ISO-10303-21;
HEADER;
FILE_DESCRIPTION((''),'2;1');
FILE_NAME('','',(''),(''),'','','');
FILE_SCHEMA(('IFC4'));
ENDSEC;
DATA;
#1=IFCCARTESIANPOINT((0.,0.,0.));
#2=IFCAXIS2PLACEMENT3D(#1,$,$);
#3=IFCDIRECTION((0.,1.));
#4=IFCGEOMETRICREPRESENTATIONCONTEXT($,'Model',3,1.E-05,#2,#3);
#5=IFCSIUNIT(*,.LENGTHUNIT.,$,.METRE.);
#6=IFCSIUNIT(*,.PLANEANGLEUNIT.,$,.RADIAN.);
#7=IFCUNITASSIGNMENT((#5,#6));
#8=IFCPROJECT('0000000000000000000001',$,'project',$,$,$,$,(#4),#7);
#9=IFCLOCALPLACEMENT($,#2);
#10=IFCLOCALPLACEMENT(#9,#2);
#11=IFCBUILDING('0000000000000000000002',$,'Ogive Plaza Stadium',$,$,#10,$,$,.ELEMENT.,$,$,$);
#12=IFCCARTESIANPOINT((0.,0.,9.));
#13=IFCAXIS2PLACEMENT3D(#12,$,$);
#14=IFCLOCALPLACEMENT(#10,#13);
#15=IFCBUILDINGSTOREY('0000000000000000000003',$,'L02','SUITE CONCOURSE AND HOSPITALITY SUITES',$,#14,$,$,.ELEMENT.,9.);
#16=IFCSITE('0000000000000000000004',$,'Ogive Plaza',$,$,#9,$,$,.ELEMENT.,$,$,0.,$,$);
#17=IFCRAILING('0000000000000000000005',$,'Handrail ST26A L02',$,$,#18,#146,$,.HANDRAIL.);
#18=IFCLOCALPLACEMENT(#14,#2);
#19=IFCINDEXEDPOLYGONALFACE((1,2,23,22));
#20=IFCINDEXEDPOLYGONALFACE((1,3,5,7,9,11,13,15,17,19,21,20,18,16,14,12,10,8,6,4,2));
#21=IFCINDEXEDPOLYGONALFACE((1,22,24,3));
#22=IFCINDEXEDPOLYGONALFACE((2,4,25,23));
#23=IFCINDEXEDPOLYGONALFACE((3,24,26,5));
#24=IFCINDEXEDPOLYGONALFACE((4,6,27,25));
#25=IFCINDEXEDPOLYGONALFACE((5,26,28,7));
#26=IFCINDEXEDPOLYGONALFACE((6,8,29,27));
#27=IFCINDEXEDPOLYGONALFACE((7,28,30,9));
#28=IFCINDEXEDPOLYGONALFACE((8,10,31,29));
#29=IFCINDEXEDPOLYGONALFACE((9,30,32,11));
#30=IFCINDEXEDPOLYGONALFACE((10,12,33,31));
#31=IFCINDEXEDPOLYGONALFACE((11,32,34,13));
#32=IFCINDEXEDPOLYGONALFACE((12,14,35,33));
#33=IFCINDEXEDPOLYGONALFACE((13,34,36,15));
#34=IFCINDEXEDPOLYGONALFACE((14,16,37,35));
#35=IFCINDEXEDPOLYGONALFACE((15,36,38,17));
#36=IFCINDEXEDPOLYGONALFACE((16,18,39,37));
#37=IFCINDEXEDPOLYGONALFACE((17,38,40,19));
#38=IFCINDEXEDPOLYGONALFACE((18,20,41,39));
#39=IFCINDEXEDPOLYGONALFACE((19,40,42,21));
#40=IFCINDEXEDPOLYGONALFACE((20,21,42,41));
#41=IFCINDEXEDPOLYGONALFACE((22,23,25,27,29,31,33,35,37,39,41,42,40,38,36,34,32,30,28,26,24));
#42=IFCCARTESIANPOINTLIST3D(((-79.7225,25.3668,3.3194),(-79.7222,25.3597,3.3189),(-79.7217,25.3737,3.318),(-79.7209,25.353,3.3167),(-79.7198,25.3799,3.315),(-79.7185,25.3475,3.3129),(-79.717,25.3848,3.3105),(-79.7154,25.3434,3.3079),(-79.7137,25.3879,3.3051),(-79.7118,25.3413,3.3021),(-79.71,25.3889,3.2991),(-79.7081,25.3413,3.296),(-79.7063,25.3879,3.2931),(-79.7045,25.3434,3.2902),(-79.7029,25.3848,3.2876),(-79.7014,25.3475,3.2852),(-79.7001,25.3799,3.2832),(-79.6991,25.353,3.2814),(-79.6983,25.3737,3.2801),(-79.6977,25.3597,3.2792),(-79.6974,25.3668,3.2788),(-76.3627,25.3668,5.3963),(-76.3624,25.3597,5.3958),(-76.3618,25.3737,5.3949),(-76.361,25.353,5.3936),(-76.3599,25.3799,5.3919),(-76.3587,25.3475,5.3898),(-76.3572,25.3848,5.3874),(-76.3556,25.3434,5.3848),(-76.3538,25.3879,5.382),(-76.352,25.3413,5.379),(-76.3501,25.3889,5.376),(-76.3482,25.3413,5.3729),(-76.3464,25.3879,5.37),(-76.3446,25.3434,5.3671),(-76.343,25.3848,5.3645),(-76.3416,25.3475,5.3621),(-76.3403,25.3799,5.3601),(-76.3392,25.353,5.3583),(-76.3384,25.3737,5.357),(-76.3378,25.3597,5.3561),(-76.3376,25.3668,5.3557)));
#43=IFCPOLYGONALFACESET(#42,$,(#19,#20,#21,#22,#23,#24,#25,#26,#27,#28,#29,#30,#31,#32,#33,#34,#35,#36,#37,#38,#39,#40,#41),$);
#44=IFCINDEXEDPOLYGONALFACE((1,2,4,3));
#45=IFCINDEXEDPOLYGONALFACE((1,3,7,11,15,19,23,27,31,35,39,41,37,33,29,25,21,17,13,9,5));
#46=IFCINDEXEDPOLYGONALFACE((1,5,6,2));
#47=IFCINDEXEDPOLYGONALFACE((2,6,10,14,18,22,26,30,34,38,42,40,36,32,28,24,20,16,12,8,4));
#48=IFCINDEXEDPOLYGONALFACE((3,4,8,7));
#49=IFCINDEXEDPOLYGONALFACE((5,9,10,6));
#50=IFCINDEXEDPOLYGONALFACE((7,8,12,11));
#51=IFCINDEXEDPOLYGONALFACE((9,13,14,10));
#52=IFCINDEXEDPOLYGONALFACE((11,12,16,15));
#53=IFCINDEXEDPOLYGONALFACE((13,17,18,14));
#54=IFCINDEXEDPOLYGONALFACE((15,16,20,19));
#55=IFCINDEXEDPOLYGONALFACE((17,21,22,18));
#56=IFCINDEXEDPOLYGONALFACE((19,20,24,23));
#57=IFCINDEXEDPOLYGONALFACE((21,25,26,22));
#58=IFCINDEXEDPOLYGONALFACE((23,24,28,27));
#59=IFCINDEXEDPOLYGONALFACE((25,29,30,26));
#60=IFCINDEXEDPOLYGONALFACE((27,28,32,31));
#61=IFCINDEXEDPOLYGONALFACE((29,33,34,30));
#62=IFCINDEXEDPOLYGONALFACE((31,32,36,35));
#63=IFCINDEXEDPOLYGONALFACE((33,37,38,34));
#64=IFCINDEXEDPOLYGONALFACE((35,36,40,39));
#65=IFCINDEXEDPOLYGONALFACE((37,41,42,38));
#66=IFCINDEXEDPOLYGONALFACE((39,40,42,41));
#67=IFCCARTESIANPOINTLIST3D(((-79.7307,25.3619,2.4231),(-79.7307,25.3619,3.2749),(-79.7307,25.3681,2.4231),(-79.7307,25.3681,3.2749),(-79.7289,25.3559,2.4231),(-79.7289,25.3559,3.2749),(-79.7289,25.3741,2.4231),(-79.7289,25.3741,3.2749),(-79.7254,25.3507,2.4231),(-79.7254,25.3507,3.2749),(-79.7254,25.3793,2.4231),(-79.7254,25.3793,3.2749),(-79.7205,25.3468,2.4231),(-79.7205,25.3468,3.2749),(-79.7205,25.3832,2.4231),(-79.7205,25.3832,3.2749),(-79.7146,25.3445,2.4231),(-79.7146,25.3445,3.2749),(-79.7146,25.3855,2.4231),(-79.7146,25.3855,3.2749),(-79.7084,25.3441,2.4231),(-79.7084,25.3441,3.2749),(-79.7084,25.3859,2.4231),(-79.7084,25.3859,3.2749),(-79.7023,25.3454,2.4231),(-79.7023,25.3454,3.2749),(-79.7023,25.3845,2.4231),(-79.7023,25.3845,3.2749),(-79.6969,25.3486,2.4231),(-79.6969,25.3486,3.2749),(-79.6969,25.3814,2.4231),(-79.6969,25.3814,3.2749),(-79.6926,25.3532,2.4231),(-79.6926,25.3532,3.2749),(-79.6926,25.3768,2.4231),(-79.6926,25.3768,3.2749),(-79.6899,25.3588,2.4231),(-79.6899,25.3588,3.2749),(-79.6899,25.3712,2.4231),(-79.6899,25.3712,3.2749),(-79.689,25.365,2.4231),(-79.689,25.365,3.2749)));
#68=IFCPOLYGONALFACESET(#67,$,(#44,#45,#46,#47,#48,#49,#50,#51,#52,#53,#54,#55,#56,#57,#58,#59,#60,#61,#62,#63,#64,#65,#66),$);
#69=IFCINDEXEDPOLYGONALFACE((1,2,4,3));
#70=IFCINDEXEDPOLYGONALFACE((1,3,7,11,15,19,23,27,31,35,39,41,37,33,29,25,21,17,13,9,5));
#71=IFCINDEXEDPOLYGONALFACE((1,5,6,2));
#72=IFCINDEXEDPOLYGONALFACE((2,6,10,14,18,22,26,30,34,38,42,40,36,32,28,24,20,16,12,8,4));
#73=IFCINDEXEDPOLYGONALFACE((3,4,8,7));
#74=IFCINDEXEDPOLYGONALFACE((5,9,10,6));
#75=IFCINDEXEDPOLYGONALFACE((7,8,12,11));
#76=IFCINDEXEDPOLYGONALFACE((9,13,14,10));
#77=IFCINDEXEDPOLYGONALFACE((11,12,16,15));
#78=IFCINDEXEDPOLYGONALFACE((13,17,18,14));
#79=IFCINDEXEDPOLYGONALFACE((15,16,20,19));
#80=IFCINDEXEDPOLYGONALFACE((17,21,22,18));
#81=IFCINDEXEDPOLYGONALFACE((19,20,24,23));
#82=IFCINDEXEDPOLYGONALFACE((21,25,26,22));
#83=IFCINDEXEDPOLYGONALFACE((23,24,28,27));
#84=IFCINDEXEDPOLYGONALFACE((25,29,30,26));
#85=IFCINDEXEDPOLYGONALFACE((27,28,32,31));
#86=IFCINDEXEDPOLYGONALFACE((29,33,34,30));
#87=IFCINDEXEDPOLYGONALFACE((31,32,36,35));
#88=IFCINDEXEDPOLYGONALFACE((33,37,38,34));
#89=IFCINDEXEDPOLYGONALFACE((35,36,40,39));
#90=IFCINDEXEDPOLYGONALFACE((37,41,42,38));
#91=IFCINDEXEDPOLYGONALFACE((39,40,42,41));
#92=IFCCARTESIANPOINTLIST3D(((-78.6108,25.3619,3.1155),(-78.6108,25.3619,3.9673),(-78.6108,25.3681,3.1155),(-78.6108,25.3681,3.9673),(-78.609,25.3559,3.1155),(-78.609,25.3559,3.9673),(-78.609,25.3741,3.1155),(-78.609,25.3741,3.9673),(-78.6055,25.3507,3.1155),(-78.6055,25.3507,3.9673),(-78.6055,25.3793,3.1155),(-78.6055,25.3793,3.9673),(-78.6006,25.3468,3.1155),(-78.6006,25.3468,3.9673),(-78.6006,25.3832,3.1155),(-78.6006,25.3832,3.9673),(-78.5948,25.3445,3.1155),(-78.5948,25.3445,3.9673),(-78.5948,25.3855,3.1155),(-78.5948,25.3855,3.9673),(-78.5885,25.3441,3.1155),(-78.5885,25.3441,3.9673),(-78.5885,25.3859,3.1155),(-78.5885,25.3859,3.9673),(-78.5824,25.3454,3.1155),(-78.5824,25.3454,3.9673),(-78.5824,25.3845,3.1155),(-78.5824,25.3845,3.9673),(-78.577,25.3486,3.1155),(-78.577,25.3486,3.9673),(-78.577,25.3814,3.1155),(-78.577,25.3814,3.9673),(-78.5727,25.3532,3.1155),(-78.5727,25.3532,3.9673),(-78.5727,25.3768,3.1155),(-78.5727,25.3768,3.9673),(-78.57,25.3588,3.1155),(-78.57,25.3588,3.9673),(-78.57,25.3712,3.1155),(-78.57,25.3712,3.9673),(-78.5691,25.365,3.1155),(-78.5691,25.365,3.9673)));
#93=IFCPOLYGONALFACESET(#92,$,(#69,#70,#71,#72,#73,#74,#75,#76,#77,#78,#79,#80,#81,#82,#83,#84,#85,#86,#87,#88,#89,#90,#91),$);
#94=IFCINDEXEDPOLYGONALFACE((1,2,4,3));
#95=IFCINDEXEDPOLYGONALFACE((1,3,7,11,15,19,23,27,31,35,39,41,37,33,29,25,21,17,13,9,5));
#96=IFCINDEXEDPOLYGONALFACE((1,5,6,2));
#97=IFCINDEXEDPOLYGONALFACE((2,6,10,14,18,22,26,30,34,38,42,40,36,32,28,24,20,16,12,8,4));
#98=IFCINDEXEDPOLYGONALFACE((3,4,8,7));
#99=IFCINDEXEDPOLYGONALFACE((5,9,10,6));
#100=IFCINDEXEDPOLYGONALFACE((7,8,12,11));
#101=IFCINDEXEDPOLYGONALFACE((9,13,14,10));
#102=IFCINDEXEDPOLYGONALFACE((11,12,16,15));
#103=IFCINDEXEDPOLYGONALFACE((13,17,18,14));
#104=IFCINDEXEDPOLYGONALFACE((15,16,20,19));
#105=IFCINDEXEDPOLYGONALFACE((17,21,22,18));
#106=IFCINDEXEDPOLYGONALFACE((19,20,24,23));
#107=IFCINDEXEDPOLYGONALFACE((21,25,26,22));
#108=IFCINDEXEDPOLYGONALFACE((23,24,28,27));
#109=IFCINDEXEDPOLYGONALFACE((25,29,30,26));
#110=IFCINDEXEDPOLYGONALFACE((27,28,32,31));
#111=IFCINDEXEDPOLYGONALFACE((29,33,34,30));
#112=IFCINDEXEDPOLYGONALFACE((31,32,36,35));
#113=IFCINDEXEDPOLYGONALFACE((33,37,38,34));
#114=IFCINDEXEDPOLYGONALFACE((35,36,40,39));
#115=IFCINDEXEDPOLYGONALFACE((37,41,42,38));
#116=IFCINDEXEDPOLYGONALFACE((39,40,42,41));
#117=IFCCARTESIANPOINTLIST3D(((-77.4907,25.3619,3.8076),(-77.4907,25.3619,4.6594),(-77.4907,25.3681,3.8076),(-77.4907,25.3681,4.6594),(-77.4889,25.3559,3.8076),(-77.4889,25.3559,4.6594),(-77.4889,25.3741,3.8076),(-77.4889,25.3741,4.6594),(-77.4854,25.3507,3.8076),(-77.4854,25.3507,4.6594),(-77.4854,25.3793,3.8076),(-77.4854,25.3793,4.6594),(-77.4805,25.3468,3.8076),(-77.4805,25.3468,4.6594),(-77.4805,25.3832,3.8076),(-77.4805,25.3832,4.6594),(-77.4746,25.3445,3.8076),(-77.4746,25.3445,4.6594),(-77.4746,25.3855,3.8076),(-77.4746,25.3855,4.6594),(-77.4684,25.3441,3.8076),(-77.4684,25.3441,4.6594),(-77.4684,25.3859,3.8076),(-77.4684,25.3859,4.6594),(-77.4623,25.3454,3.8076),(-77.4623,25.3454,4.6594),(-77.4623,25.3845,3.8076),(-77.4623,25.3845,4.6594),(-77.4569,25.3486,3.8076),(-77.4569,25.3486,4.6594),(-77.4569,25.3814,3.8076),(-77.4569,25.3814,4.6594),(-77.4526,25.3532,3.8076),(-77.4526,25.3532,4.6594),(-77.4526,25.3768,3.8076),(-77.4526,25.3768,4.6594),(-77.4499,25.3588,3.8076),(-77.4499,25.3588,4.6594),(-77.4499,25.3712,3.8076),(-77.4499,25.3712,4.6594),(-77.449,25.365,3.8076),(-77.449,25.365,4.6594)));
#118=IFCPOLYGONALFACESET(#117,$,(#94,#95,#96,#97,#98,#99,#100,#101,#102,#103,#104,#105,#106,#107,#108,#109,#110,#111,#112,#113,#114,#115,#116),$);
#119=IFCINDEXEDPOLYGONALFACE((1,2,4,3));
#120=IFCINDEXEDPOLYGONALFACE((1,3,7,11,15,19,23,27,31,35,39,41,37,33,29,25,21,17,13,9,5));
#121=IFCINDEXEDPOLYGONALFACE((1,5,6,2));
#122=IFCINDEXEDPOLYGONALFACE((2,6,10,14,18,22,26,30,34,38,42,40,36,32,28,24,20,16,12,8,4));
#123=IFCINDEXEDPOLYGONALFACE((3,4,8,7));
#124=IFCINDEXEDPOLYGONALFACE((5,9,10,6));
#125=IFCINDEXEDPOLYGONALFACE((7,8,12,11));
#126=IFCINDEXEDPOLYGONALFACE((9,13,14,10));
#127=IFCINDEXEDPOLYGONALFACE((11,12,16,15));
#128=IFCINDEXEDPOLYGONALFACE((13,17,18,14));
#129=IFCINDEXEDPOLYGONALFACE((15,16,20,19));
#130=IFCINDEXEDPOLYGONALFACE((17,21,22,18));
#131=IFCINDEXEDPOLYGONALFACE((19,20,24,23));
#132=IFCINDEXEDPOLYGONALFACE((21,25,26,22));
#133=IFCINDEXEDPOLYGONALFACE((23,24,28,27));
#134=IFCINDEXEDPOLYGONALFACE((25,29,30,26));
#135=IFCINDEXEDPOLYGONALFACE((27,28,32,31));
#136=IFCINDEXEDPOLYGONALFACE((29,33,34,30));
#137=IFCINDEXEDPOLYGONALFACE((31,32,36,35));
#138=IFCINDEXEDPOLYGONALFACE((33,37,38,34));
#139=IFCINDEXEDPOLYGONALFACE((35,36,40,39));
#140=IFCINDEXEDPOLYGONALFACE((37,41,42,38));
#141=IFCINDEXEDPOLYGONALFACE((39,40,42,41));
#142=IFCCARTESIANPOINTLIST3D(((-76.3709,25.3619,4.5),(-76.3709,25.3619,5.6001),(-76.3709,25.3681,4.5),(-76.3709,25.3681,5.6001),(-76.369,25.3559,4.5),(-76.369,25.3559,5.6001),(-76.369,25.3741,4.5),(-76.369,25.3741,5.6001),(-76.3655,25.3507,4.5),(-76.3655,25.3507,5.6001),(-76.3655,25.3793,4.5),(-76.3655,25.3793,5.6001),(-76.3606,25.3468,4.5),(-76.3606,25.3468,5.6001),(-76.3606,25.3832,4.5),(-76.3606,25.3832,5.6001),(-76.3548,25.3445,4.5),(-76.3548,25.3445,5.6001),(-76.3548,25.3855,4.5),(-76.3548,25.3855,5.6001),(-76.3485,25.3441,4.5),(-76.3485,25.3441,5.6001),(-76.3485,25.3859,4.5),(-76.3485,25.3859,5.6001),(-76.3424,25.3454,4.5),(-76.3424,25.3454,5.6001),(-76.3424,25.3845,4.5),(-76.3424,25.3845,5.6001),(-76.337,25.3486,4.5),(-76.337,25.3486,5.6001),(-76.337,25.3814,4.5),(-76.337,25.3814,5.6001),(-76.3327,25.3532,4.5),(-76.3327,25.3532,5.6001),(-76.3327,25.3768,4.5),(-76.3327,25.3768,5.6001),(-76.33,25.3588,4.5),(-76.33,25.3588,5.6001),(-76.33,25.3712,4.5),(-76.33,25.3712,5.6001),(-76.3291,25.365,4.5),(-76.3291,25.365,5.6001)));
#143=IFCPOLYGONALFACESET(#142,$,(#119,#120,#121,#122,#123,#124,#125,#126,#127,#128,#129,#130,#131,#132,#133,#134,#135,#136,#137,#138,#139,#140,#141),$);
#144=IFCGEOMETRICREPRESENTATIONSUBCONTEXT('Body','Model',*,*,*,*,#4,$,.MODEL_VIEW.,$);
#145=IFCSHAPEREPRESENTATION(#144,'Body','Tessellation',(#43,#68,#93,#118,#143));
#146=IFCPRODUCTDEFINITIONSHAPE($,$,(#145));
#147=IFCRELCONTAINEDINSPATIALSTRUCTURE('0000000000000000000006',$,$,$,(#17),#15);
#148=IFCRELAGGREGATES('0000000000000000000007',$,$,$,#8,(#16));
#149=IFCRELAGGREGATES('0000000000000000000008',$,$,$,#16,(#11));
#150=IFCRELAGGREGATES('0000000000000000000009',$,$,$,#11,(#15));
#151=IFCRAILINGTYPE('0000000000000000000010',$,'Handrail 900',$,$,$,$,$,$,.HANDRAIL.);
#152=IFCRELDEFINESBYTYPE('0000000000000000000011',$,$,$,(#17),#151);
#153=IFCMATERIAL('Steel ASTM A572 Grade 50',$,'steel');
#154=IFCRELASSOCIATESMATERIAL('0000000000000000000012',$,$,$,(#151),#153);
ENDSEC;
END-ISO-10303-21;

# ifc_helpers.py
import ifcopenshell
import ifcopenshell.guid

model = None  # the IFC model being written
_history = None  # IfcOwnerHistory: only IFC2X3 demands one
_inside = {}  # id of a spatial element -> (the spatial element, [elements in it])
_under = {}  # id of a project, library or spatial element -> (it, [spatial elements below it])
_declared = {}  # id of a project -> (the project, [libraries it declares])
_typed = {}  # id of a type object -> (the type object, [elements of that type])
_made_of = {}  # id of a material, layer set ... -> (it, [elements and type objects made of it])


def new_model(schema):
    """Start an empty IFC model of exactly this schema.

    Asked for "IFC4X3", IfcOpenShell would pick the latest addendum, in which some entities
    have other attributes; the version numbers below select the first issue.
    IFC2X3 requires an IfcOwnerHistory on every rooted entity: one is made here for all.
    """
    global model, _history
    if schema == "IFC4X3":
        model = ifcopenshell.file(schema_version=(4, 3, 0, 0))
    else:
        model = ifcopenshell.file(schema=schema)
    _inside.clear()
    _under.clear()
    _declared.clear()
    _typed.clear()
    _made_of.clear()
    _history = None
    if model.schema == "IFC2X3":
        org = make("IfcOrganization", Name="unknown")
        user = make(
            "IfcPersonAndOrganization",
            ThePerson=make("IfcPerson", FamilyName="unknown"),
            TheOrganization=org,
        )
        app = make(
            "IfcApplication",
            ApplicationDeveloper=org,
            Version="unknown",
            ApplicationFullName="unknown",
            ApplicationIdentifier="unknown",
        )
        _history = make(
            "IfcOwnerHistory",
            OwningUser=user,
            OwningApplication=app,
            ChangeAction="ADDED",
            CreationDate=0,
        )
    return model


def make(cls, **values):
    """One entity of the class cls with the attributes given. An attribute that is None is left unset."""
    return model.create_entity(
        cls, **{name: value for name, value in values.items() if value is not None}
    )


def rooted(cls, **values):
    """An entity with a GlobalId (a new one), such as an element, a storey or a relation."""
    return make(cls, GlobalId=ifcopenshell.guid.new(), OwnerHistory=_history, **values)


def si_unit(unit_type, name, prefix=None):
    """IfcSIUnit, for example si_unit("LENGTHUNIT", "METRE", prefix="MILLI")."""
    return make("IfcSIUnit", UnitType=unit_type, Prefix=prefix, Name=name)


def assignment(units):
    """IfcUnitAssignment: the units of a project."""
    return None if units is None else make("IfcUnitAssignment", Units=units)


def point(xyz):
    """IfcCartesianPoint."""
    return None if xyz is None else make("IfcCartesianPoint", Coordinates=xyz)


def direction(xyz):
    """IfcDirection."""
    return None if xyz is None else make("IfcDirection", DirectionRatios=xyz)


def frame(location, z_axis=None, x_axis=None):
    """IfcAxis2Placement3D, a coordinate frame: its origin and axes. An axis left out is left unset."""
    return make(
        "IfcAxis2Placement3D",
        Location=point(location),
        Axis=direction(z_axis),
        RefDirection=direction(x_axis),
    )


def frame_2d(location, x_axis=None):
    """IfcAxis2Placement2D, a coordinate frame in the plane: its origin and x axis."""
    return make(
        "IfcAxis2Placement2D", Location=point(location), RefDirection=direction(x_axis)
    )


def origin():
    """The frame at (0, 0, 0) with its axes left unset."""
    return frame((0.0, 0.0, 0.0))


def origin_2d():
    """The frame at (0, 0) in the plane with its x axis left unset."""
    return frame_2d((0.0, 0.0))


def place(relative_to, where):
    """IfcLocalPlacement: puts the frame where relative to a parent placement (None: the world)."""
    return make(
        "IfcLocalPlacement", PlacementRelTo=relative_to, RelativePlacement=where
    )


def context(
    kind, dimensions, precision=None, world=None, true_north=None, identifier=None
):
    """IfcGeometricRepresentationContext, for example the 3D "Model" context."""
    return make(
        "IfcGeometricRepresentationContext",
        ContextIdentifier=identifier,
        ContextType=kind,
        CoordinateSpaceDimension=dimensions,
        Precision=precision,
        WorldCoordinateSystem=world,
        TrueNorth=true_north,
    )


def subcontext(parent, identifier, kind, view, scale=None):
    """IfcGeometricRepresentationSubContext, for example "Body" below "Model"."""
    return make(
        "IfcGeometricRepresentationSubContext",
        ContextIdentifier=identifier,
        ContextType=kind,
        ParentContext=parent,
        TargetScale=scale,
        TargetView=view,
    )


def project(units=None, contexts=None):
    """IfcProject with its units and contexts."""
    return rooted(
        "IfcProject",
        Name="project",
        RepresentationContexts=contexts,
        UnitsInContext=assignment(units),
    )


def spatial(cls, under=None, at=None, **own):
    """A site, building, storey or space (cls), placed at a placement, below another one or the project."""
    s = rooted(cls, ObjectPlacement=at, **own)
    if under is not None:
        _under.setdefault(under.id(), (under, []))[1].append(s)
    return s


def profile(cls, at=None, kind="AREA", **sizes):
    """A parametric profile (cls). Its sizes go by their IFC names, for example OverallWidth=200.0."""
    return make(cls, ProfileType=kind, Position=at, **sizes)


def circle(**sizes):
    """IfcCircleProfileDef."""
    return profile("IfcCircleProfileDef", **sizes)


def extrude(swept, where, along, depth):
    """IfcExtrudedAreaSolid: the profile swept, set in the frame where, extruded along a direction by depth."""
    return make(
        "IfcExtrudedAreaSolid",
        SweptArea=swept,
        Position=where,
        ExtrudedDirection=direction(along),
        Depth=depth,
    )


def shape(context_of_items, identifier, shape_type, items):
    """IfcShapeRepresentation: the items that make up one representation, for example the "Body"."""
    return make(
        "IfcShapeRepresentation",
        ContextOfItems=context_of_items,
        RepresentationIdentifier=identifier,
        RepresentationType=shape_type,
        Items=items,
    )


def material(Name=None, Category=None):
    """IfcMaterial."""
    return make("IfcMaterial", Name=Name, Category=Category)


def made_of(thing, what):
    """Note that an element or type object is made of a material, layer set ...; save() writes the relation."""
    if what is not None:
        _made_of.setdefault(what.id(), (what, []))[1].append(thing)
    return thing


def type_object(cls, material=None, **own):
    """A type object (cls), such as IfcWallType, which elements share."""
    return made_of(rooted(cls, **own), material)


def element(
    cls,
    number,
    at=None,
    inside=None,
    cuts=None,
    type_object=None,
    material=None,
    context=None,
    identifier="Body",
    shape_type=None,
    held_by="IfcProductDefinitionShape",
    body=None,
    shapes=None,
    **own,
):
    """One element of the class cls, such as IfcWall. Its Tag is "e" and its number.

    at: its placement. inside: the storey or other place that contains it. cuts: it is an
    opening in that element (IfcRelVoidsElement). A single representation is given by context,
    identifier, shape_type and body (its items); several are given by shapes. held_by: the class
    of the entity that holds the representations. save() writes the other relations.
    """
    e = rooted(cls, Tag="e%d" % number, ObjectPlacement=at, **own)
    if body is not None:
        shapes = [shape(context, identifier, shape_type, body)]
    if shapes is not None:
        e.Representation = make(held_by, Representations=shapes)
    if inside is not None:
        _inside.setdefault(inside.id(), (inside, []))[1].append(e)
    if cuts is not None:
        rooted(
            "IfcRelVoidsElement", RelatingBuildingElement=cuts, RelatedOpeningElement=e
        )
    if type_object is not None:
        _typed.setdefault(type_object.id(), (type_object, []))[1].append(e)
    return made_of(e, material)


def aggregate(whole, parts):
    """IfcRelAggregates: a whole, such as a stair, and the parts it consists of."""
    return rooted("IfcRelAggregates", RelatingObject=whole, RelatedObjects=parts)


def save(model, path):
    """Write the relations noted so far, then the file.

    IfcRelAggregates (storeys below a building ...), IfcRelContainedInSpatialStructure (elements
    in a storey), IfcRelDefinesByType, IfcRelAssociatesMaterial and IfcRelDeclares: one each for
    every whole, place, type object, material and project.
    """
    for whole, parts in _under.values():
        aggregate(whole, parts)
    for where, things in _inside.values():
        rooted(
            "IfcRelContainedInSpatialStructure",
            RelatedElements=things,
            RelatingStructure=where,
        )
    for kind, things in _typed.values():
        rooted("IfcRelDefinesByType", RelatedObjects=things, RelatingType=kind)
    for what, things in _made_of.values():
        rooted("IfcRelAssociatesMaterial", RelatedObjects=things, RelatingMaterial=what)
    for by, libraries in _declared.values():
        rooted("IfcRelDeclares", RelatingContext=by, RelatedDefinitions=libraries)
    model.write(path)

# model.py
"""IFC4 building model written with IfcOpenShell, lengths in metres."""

from ifc_helpers import new_model, si_unit, direction, frame, origin, origin_2d, place, context, subcontext, project, spatial, circle, extrude, material, type_object, element, save


model = new_model("IFC4")

# Units and contexts
model_context = context("Model", 3, precision=1e-05, world=origin(), true_north=direction((0.0, 1.0)))
body_context = subcontext(model_context, "Body", "Model", "MODEL_VIEW")
ifc_project = project(units=[si_unit("LENGTHUNIT", "METRE"), si_unit("PLANEANGLEUNIT", "RADIAN")], contexts=[model_context])

# Site, building, storey
site_placement = place(None, origin())
site = spatial("IfcSite", under=ifc_project, at=site_placement, Name="Ogive Plaza", CompositionType="ELEMENT", RefElevation=0.0)
building_placement = place(site_placement, origin())
building = spatial("IfcBuilding", under=site, at=building_placement, Name="Ogive Plaza Stadium", CompositionType="ELEMENT")
storey_placement = place(building_placement, frame((0.0, 0.0, 9.0)))
storey = spatial("IfcBuildingStorey", under=building, at=storey_placement, Name="L02", Description="SUITE CONCOURSE AND HOSPITALITY SUITES", CompositionType="ELEMENT", Elevation=9.0)

# Railing
ifc_material_1 = material(Name="Steel ASTM A572 Grade 50", Category="steel")
railing_type_1 = type_object("IfcRailingType", Name="Handrail 900", PredefinedType="HANDRAIL", material=ifc_material_1)
railing_1_placement = place(storey_placement, frame((-79.71, 25.365, 2.4231)))
element("IfcRailing", 1, at=railing_1_placement, inside=storey, type_object=railing_type_1, Name="Handrail ST26A L02", PredefinedType="HANDRAIL", context=body_context, shape_type="SweptSolid", body=[
    extrude(circle(Radius=0.0239, at=origin_2d()), frame((0.0, 0.0, 0.876), z_axis=(0.850606, 0.0, 0.525803), x_axis=(0.0, 1.0, 0.0)), (0.0, 0.0, 1.0), 3.95),
    extrude(circle(Radius=0.021, at=origin_2d()), origin(), (0.0, 0.0, 1.0), 0.8518),
    extrude(circle(Radius=0.021, at=origin_2d()), frame((1.1199, 0.0, 0.6924)), (0.0, 0.0, 1.0), 0.8518),
    extrude(circle(Radius=0.021, at=origin_2d()), frame((2.24, 0.0, 1.3845)), (0.0, 0.0, 1.0), 0.8518),
    extrude(circle(Radius=0.021, at=origin_2d()), frame((3.3599, 0.0, 2.0769)), (0.0, 0.0, 1.0), 1.1001),
])

save(model, "model.ifc")
